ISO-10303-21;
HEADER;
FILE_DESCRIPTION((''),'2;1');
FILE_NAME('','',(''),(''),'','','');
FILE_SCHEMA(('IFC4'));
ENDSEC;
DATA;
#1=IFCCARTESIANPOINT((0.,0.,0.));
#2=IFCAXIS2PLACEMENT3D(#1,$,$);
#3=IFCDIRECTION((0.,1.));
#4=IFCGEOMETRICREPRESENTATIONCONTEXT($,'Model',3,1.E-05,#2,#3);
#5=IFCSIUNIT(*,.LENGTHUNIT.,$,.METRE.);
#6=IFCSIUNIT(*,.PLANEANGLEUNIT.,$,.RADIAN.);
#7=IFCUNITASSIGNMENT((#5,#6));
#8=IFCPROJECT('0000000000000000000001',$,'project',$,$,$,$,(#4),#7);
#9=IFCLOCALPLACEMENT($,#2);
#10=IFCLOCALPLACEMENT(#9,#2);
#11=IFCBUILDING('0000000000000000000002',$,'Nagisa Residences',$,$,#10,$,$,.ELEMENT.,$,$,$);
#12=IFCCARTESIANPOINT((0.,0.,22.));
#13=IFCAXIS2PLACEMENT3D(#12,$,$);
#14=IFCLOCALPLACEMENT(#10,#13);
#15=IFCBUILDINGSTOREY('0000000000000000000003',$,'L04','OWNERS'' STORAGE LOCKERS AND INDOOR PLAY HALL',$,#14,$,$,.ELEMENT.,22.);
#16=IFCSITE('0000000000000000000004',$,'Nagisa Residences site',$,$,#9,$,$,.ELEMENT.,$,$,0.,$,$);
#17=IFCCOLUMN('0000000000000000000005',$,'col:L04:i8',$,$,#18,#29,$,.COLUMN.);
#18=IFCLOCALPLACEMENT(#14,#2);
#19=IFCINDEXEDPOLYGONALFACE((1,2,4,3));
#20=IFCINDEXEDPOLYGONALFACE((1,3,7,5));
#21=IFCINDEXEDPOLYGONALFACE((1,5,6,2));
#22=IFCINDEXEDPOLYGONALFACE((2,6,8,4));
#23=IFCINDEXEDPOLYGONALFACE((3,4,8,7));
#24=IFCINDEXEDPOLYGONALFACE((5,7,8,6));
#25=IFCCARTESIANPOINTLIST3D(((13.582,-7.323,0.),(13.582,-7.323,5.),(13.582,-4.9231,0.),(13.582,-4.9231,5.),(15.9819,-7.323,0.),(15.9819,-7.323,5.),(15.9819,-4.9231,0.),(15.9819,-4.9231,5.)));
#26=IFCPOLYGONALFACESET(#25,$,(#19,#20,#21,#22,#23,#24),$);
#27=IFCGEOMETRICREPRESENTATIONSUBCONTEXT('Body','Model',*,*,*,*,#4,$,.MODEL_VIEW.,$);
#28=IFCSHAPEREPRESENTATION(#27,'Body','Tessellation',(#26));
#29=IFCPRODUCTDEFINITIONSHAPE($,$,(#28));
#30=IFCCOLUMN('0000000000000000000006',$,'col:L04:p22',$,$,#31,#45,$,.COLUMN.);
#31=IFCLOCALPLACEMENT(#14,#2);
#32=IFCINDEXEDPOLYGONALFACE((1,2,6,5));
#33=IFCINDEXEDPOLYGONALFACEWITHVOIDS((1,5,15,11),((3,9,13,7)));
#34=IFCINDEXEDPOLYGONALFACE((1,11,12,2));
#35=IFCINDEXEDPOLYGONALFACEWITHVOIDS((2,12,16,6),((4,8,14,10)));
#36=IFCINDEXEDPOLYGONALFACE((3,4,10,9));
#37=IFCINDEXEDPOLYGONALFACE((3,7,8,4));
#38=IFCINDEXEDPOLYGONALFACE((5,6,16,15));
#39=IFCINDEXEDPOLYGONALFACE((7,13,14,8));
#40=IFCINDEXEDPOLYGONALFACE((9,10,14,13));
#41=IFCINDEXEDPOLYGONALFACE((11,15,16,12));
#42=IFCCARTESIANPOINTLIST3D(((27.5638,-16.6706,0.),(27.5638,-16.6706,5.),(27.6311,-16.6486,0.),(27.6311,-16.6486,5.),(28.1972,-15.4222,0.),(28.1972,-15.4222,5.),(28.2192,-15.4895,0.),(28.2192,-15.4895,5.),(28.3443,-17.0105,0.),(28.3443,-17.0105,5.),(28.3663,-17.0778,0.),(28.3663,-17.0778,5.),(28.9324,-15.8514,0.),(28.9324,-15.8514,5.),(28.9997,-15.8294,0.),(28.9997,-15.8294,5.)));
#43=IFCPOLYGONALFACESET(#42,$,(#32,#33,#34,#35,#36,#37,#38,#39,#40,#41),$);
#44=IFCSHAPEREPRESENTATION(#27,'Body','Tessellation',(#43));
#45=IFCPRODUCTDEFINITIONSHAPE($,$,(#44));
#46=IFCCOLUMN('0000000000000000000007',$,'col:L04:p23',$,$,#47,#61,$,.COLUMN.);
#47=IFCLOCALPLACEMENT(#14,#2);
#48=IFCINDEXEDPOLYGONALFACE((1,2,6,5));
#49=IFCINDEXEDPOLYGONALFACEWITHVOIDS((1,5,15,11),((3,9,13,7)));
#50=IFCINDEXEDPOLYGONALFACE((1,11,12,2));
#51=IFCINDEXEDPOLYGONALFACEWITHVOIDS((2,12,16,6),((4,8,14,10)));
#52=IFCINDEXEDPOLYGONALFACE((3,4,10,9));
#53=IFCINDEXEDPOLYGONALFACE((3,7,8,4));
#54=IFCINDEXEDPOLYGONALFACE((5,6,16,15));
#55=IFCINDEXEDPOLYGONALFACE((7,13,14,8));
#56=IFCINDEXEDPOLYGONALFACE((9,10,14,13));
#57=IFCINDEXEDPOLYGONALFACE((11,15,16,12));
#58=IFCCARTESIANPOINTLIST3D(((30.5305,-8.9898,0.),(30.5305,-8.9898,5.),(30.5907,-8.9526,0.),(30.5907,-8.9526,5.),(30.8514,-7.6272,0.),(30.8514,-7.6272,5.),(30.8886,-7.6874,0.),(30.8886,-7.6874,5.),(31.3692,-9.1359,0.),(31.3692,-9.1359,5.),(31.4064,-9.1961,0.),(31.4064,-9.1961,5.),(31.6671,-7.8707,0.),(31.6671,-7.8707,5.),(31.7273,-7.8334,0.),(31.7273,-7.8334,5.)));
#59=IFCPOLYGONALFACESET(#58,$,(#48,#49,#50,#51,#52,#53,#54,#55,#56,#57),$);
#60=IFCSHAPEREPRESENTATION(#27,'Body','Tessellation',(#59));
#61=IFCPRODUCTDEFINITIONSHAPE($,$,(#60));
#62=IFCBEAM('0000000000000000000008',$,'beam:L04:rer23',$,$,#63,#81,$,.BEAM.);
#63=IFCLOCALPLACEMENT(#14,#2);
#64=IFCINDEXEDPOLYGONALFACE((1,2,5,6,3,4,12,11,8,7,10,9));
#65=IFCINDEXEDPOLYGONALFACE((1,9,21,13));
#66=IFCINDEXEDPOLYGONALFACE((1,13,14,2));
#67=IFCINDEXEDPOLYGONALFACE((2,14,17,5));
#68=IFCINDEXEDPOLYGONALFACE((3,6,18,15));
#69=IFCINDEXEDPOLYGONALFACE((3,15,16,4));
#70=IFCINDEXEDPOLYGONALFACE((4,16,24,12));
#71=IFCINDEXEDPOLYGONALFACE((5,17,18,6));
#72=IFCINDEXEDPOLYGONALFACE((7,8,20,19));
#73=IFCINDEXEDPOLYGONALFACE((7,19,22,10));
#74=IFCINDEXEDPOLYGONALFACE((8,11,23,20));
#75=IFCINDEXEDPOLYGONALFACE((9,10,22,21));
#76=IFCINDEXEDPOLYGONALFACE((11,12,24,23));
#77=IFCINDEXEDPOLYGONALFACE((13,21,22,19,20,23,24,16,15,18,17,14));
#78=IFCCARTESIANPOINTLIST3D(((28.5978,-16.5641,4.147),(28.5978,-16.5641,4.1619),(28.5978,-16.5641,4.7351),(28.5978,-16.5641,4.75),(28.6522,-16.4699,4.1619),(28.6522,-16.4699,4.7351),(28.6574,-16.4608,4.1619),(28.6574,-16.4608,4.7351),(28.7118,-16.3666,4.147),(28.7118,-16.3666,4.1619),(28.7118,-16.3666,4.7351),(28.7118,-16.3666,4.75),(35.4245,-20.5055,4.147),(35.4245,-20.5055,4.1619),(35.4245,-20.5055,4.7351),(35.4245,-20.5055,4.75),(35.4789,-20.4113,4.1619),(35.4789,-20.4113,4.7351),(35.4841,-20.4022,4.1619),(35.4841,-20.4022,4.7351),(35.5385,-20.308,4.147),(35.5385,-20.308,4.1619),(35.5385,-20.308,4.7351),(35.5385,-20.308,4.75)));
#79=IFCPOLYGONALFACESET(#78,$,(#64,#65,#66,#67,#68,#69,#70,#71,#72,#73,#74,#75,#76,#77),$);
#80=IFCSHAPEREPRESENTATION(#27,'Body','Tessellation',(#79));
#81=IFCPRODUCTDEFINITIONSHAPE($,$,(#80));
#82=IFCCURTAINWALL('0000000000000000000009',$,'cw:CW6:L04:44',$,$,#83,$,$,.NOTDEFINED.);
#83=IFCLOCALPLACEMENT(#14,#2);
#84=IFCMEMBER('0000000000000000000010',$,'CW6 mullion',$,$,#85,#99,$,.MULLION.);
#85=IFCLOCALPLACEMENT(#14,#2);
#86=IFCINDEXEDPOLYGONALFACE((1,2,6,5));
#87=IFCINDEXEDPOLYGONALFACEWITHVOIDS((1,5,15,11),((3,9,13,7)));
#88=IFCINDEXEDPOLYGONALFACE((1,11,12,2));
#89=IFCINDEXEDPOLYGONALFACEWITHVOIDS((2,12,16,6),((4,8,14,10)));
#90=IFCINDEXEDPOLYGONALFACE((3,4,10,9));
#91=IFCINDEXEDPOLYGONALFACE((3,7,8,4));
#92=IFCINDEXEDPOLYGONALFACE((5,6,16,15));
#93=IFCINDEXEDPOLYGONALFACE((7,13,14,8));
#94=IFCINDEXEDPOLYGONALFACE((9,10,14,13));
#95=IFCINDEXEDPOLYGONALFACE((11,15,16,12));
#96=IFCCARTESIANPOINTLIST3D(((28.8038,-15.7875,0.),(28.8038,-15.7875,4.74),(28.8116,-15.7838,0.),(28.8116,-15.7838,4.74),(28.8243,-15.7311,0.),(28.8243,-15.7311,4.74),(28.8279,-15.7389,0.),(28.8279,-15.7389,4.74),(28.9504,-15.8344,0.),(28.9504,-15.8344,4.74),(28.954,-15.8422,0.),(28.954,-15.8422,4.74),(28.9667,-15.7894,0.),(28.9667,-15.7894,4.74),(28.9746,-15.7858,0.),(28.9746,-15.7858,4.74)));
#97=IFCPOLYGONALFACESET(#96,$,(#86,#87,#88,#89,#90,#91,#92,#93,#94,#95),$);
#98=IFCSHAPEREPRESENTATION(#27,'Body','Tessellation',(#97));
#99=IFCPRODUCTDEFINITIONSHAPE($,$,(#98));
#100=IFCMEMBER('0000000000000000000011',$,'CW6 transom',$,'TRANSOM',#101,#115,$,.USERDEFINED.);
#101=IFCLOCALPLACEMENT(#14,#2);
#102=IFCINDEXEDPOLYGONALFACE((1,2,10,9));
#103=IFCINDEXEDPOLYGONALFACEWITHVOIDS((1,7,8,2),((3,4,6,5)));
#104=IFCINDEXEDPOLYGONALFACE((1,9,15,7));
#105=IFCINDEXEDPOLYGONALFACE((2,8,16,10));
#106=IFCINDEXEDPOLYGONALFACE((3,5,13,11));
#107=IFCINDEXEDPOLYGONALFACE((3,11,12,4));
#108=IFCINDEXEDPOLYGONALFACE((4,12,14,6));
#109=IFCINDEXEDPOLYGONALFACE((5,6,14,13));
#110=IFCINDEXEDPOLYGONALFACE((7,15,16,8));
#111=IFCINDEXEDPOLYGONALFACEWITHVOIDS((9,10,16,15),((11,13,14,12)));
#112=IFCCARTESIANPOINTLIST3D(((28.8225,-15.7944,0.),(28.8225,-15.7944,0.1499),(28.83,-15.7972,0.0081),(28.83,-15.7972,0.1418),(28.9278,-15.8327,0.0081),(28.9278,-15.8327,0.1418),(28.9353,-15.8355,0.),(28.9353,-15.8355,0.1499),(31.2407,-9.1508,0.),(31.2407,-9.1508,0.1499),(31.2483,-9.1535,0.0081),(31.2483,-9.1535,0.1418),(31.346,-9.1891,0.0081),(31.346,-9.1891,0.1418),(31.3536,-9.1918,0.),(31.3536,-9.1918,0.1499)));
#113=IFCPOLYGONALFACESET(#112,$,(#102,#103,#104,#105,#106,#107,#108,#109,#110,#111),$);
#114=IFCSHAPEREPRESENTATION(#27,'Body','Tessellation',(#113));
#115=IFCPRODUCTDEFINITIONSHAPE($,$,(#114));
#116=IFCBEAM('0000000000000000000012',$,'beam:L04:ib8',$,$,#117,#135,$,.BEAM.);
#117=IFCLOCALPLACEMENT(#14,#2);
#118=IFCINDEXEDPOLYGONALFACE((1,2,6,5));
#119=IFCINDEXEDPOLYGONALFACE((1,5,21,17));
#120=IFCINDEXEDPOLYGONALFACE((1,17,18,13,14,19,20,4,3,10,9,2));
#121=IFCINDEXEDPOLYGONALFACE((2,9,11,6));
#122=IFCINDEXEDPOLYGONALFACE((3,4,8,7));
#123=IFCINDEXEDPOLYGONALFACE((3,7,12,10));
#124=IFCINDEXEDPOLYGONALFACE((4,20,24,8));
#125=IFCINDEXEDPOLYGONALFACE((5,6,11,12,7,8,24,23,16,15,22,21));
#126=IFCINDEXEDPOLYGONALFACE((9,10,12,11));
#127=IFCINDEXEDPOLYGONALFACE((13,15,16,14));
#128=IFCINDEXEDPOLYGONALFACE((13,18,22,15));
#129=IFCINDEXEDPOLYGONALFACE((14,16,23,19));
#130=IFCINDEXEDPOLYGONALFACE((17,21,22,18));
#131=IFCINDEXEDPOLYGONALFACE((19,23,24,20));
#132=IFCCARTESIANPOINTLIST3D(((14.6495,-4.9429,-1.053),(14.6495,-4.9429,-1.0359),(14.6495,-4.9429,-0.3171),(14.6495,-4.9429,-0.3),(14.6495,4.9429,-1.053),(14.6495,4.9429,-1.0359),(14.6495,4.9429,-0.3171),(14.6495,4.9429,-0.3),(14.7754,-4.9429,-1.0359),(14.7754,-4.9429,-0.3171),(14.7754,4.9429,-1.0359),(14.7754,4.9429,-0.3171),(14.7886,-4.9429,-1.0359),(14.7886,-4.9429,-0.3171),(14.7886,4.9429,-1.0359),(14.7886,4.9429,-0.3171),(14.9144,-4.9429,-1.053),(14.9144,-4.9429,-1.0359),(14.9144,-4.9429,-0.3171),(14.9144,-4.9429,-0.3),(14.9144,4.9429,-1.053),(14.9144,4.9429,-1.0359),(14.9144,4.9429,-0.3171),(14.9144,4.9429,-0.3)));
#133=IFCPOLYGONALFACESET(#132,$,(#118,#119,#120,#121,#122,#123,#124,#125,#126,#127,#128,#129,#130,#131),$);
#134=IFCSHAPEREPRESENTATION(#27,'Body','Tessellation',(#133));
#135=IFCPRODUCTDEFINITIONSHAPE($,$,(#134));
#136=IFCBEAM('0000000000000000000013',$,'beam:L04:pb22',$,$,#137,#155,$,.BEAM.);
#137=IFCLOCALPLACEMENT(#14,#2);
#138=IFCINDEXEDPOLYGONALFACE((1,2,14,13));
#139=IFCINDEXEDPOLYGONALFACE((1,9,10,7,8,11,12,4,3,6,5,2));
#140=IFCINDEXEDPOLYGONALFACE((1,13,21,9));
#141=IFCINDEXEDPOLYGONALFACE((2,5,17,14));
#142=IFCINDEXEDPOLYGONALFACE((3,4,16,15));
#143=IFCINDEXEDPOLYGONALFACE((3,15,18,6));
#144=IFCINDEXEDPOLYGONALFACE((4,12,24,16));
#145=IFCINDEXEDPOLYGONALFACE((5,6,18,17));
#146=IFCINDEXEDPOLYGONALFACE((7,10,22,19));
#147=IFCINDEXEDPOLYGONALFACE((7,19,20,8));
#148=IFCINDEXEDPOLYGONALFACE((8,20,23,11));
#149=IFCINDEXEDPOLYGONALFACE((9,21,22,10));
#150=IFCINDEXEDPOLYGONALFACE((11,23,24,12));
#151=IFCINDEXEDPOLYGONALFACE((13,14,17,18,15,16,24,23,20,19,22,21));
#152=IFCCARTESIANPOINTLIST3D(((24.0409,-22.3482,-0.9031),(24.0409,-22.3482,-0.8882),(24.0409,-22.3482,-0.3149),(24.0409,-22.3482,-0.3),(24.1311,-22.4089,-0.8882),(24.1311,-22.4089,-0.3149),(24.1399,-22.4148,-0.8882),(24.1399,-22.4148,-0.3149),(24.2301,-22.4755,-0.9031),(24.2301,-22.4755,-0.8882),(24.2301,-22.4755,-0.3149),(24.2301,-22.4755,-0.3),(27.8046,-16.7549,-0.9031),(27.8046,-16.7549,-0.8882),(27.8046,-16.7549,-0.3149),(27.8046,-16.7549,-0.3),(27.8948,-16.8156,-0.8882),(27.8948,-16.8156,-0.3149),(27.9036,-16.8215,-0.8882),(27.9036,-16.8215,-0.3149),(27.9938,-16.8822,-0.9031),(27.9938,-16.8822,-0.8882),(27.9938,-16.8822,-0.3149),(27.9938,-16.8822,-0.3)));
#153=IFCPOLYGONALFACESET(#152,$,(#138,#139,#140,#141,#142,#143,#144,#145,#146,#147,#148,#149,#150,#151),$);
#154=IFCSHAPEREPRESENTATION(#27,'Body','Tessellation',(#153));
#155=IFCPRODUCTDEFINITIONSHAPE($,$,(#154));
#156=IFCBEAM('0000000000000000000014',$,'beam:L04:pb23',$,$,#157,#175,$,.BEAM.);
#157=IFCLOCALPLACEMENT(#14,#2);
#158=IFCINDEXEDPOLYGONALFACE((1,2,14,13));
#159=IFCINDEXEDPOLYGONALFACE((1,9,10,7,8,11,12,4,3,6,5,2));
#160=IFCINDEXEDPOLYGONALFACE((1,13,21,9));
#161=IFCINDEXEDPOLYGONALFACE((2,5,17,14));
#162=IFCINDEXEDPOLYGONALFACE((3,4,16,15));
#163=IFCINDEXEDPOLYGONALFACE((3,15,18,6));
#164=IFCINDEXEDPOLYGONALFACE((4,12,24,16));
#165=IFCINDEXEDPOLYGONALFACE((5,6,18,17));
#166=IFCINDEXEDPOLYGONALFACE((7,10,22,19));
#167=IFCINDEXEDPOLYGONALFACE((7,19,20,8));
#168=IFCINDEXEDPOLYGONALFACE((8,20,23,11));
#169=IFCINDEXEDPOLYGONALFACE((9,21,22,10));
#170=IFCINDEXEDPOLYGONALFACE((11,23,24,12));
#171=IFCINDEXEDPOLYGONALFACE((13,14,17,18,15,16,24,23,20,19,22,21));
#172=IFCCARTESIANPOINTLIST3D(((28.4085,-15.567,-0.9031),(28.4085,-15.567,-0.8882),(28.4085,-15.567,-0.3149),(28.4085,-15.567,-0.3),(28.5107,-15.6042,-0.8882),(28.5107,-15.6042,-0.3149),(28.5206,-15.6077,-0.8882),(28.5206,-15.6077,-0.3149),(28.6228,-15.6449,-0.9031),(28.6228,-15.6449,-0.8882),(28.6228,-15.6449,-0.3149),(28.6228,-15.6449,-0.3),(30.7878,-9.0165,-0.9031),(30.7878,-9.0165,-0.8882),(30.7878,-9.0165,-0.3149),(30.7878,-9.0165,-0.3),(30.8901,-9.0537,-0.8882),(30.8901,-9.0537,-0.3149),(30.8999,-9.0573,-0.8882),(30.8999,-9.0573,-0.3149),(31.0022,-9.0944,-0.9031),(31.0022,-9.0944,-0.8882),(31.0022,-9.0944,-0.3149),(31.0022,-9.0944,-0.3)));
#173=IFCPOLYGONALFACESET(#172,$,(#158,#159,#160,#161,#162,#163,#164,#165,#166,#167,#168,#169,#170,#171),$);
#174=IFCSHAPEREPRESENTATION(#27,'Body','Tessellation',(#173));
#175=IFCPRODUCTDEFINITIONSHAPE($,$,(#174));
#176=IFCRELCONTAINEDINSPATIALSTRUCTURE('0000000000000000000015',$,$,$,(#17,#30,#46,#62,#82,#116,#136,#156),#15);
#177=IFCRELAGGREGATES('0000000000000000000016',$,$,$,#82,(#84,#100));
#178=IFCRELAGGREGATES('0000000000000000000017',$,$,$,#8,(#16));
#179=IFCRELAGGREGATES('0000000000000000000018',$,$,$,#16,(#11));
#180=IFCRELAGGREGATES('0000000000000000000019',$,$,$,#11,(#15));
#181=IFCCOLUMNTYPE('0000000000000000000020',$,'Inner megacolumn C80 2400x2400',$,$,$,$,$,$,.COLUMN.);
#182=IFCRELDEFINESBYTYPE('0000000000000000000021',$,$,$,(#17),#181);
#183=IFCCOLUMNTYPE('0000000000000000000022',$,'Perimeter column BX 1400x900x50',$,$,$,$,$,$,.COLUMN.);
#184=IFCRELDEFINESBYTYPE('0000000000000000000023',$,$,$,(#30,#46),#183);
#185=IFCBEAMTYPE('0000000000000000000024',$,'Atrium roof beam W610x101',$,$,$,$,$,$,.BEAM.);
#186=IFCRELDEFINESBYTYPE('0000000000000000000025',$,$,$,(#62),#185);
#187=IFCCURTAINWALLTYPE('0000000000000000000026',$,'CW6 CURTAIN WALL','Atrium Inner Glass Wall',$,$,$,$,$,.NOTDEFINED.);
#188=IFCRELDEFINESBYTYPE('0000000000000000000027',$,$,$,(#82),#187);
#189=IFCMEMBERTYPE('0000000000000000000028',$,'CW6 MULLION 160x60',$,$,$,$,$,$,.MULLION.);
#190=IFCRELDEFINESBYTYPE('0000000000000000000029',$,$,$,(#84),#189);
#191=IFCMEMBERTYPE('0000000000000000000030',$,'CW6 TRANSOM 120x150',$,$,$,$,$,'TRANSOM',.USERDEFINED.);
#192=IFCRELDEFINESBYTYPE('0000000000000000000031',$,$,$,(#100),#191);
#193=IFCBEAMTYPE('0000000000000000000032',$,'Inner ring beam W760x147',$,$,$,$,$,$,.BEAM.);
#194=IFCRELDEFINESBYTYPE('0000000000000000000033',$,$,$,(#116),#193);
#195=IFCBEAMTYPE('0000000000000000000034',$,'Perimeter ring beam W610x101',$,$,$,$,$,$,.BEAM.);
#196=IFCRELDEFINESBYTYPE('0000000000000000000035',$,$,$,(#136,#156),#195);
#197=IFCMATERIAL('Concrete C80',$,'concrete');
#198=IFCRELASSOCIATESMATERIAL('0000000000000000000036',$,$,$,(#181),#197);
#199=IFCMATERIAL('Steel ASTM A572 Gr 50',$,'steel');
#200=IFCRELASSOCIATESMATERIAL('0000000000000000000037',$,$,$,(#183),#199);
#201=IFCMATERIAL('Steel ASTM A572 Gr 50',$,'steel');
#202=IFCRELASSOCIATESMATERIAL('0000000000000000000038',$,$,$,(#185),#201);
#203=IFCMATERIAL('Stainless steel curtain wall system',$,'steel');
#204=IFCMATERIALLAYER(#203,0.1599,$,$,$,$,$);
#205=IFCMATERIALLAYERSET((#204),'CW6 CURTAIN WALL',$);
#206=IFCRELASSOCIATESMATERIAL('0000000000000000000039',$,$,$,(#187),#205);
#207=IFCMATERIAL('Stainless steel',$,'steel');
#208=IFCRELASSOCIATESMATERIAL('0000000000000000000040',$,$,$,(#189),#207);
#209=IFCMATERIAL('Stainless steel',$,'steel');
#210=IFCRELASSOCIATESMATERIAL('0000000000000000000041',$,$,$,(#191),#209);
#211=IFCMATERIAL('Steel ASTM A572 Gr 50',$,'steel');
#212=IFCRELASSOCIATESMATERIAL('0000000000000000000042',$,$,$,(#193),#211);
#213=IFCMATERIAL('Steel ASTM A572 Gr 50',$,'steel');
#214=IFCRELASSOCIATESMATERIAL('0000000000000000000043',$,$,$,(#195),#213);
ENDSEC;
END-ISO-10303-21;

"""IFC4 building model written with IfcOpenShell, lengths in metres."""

from ifc_helpers import new_model, si_unit, direction, frame, origin, origin_2d, place, context, subcontext, project, spatial, rectangle, hollow_rectangle, i_section, extrude, material, layer, layer_set, material_profile, profile_set, type_object, element, aggregate, save


model = new_model("IFC4")

# Units and contexts
model_context = context("Model", 3, precision=1e-05, world=origin(), true_north=direction((0.0, 1.0)))
body_context = subcontext(model_context, "Body", "Model", "MODEL_VIEW")
ifc_project = project(units=[si_unit("LENGTHUNIT", "METRE"), si_unit("PLANEANGLEUNIT", "RADIAN")], contexts=[model_context])

# Site, building, storey
site_placement = place(None, origin())
site = spatial("IfcSite", under=ifc_project, at=site_placement, Name="Nagisa Residences site", CompositionType="ELEMENT", RefElevation=0.0)
building_placement = place(site_placement, origin())
building = spatial("IfcBuilding", under=site, at=building_placement, Name="Nagisa Residences", CompositionType="ELEMENT")
storey_placement = place(building_placement, frame((0.0, 0.0, 22.0)))
storey = spatial("IfcBuildingStorey", under=building, at=storey_placement, Name="L04", Description="OWNERS' STORAGE LOCKERS AND INDOOR PLAY HALL", CompositionType="ELEMENT", Elevation=22.0)

# Columns
ifc_material_1 = material(Name="Concrete C80", Category="concrete")
ifc_material_profile_1 = material_profile(ifc_material_1, rectangle(XDim=2.3999, YDim=2.3999, at=origin_2d()), Name="C80 2400x2400")
ifc_profile_set_1 = profile_set([ifc_material_profile_1], Name="Concrete C80")
column_type_1 = type_object("IfcColumnType", Name="Inner megacolumn C80 2400x2400", PredefinedType="COLUMN", material=ifc_profile_set_1)
column_placement = place(storey_placement, frame((14.782, -6.123, 0.0), z_axis=(0.0, 0.0, 1.0), x_axis=(1.0, 0.0, 0.0)))
element("IfcColumn", 1, at=column_placement, inside=storey, type_object=column_type_1, Name="col:L04:i8", PredefinedType="COLUMN", context=body_context, shape_type="SweptSolid", body=[
    extrude(rectangle(XDim=2.3999, YDim=2.3999, at=origin_2d()), origin(), (0.0, 0.0, 1.0), 5.0),
])
ifc_material_2 = material(Name="Steel ASTM A572 Gr 50", Category="steel")
ifc_material_profile_2 = material_profile(ifc_material_2, hollow_rectangle(XDim=1.3999, YDim=0.8999, WallThickness=0.05, at=origin_2d()), Name="BX 1400x900x50")
ifc_profile_set_2 = profile_set([ifc_material_profile_2], Name="Steel ASTM A572 Gr 50")
column_type_2 = type_object("IfcColumnType", Name="Perimeter column BX 1400x900x50", PredefinedType="COLUMN", material=ifc_profile_set_2)
for number, where, z_axis, x_axis, name in (
    (2, (28.2817, -16.25, 0.0), (0.0, 0.0, 1.0), (0.452463, 0.891783, 0.0), "col:L04:p22"),
    (3, (31.1289, -8.4116, 0.0), (0.0, 0.0, 1.0), (0.229202, 0.973379, 0.0), "col:L04:p23"),
):
    element("IfcColumn", number, at=place(storey_placement, frame(where, z_axis=z_axis, x_axis=x_axis)), inside=storey, type_object=column_type_2, Name=name, PredefinedType="COLUMN", context=body_context, shape_type="SweptSolid", body=[
        extrude(hollow_rectangle(XDim=1.3999, YDim=0.8999, WallThickness=0.05, at=origin_2d()), origin(), (0.0, 0.0, 1.0), 5.0),
    ])

# Beam
ifc_material_3 = material(Name="Steel ASTM A572 Gr 50", Category="steel")
ifc_material_profile_3 = material_profile(ifc_material_3, i_section(OverallWidth=0.228, OverallDepth=0.603, WebThickness=0.0105, FlangeThickness=0.0149, at=origin_2d()), Name="W610x101")
ifc_profile_set_3 = profile_set([ifc_material_profile_3], Name="Steel ASTM A572 Gr 50")
beam_type_1 = type_object("IfcBeamType", Name="Atrium roof beam W610x101", PredefinedType="BEAM", material=ifc_profile_set_3)
beam_1_placement = place(storey_placement, frame((28.6548, -16.4653, 4.4485), z_axis=(0.866024, -0.500003, 0.0), x_axis=(0.500003, 0.866024, 0.0)))
element("IfcBeam", 4, at=beam_1_placement, inside=storey, type_object=beam_type_1, Name="beam:L04:rer23", PredefinedType="BEAM", context=body_context, shape_type="SweptSolid", body=[
    extrude(i_section(OverallWidth=0.228, OverallDepth=0.603, WebThickness=0.0105, FlangeThickness=0.0149, at=origin_2d()), origin(), (0.0, 0.0, 1.0), 7.8828),
])

# Curtain wall, members
ifc_material_4 = material(Name="Stainless steel curtain wall system", Category="steel")
ifc_layer_1 = layer(ifc_material_4, 0.1599)
ifc_layer_set_1 = layer_set([ifc_layer_1], Name="CW6 CURTAIN WALL")
curtain_wall_type = type_object("IfcCurtainWallType", Name="CW6 CURTAIN WALL", Description="Atrium Inner Glass Wall", PredefinedType="NOTDEFINED", material=ifc_layer_set_1)
curtain_wall_1_placement = place(storey_placement, origin())
curtain_wall_1 = element("IfcCurtainWall", 5, at=curtain_wall_1_placement, inside=storey, type_object=curtain_wall_type, Name="cw:CW6:L04:44", PredefinedType="NOTDEFINED")
ifc_material_5 = material(Name="Stainless steel", Category="steel")
ifc_material_profile_4 = material_profile(ifc_material_5, hollow_rectangle(XDim=0.1599, YDim=0.0601, WallThickness=0.0061, at=origin_2d()), Name="CW6 MULLION 160x60")
ifc_profile_set_4 = profile_set([ifc_material_profile_4], Name="Stainless steel")
member_type_1 = type_object("IfcMemberType", Name="CW6 MULLION 160x60", PredefinedType="MULLION", material=ifc_profile_set_4)
member_1_placement = place(storey_placement, frame((28.8892, -15.7866, 0.0), z_axis=(0.0, 0.0, 1.0), x_axis=(-0.939682, 0.34205, 0.0)))
member_1 = element("IfcMember", 6, at=member_1_placement, type_object=member_type_1, Name="CW6 mullion", PredefinedType="MULLION", context=body_context, shape_type="SweptSolid", body=[
    extrude(hollow_rectangle(XDim=0.1599, YDim=0.0601, WallThickness=0.0061, at=origin_2d()), origin(), (0.0, 0.0, 1.0), 4.74),
])
ifc_material_6 = material(Name="Stainless steel", Category="steel")
ifc_material_profile_5 = material_profile(ifc_material_6, hollow_rectangle(XDim=0.1201, YDim=0.1499, WallThickness=0.0081, at=origin_2d()), Name="CW6 TRANSOM 120x150")
ifc_profile_set_5 = profile_set([ifc_material_profile_5], Name="Stainless steel")
member_type_2 = type_object("IfcMemberType", Name="CW6 TRANSOM 120x150", ElementType="TRANSOM", PredefinedType="USERDEFINED", material=ifc_profile_set_5)
member_2_placement = place(storey_placement, frame((28.8789, -15.8149, 0.075), z_axis=(0.34204, 0.939685, 0.0), x_axis=(-0.939685, 0.34204, 0.0)))
member_2 = element("IfcMember", 7, at=member_2_placement, type_object=member_type_2, Name="CW6 transom", ObjectType="TRANSOM", PredefinedType="USERDEFINED", context=body_context, shape_type="SweptSolid", body=[
    extrude(hollow_rectangle(XDim=0.1201, YDim=0.1499, WallThickness=0.0081, at=origin_2d()), origin(), (0.0, 0.0, 1.0), 7.0701),
])

# Beams
ifc_material_7 = material(Name="Steel ASTM A572 Gr 50", Category="steel")
ifc_material_profile_6 = material_profile(ifc_material_7, i_section(OverallWidth=0.2649, OverallDepth=0.7529, WebThickness=0.0132, FlangeThickness=0.0171, at=origin_2d()), Name="W760x147")
ifc_profile_set_6 = profile_set([ifc_material_profile_6], Name="Steel ASTM A572 Gr 50")
beam_type_2 = type_object("IfcBeamType", Name="Inner ring beam W760x147", PredefinedType="BEAM", material=ifc_profile_set_6)
beam_2_placement = place(storey_placement, frame((14.782, -4.9429, -0.6765), z_axis=(0.0, 1.0, 0.0), x_axis=(-1.0, 0.0, 0.0)))
element("IfcBeam", 8, at=beam_2_placement, inside=storey, type_object=beam_type_2, Name="beam:L04:ib8", PredefinedType="BEAM", context=body_context, shape_type="SweptSolid", body=[
    extrude(i_section(OverallWidth=0.2649, OverallDepth=0.7529, WebThickness=0.0132, FlangeThickness=0.0171, at=origin_2d()), origin(), (0.0, 0.0, 1.0), 9.8857),
])
ifc_material_8 = material(Name="Steel ASTM A572 Gr 50", Category="steel")
ifc_material_profile_7 = material_profile(ifc_material_8, i_section(OverallWidth=0.228, OverallDepth=0.603, WebThickness=0.0105, FlangeThickness=0.0149, at=origin_2d()), Name="W610x101")
ifc_profile_set_7 = profile_set([ifc_material_profile_7], Name="Steel ASTM A572 Gr 50")
beam_type_3 = type_object("IfcBeamType", Name="Perimeter ring beam W610x101", PredefinedType="BEAM", material=ifc_profile_set_7)
beam_3_placement = place(storey_placement, frame((24.1355, -22.4119, -0.6016), z_axis=(0.558272, 0.829658, 0.0), x_axis=(-0.829658, 0.558272, 0.0)))
element("IfcBeam", 9, at=beam_3_placement, inside=storey, type_object=beam_type_3, Name="beam:L04:pb22", PredefinedType="BEAM", context=body_context, shape_type="SweptSolid", body=[
    extrude(i_section(OverallWidth=0.228, OverallDepth=0.603, WebThickness=0.0105, FlangeThickness=0.0149, at=origin_2d()), origin(), (0.0, 0.0, 1.0), 6.7417),
])
beam_4_placement = place(storey_placement, frame((28.5156, -15.606, -0.6016), z_axis=(0.341411, 0.939914, 0.0), x_axis=(-0.939914, 0.341411, 0.0)))
element("IfcBeam", 10, at=beam_4_placement, inside=storey, type_object=beam_type_3, Name="beam:L04:pb23", PredefinedType="BEAM", context=body_context, shape_type="SweptSolid", body=[
    extrude(i_section(OverallWidth=0.228, OverallDepth=0.603, WebThickness=0.0105, FlangeThickness=0.0149, at=origin_2d()), origin(), (0.0, 0.0, 1.0), 6.9692),
])

aggregate(curtain_wall_1, [member_1, member_2])

save(model, "model.ifc")
